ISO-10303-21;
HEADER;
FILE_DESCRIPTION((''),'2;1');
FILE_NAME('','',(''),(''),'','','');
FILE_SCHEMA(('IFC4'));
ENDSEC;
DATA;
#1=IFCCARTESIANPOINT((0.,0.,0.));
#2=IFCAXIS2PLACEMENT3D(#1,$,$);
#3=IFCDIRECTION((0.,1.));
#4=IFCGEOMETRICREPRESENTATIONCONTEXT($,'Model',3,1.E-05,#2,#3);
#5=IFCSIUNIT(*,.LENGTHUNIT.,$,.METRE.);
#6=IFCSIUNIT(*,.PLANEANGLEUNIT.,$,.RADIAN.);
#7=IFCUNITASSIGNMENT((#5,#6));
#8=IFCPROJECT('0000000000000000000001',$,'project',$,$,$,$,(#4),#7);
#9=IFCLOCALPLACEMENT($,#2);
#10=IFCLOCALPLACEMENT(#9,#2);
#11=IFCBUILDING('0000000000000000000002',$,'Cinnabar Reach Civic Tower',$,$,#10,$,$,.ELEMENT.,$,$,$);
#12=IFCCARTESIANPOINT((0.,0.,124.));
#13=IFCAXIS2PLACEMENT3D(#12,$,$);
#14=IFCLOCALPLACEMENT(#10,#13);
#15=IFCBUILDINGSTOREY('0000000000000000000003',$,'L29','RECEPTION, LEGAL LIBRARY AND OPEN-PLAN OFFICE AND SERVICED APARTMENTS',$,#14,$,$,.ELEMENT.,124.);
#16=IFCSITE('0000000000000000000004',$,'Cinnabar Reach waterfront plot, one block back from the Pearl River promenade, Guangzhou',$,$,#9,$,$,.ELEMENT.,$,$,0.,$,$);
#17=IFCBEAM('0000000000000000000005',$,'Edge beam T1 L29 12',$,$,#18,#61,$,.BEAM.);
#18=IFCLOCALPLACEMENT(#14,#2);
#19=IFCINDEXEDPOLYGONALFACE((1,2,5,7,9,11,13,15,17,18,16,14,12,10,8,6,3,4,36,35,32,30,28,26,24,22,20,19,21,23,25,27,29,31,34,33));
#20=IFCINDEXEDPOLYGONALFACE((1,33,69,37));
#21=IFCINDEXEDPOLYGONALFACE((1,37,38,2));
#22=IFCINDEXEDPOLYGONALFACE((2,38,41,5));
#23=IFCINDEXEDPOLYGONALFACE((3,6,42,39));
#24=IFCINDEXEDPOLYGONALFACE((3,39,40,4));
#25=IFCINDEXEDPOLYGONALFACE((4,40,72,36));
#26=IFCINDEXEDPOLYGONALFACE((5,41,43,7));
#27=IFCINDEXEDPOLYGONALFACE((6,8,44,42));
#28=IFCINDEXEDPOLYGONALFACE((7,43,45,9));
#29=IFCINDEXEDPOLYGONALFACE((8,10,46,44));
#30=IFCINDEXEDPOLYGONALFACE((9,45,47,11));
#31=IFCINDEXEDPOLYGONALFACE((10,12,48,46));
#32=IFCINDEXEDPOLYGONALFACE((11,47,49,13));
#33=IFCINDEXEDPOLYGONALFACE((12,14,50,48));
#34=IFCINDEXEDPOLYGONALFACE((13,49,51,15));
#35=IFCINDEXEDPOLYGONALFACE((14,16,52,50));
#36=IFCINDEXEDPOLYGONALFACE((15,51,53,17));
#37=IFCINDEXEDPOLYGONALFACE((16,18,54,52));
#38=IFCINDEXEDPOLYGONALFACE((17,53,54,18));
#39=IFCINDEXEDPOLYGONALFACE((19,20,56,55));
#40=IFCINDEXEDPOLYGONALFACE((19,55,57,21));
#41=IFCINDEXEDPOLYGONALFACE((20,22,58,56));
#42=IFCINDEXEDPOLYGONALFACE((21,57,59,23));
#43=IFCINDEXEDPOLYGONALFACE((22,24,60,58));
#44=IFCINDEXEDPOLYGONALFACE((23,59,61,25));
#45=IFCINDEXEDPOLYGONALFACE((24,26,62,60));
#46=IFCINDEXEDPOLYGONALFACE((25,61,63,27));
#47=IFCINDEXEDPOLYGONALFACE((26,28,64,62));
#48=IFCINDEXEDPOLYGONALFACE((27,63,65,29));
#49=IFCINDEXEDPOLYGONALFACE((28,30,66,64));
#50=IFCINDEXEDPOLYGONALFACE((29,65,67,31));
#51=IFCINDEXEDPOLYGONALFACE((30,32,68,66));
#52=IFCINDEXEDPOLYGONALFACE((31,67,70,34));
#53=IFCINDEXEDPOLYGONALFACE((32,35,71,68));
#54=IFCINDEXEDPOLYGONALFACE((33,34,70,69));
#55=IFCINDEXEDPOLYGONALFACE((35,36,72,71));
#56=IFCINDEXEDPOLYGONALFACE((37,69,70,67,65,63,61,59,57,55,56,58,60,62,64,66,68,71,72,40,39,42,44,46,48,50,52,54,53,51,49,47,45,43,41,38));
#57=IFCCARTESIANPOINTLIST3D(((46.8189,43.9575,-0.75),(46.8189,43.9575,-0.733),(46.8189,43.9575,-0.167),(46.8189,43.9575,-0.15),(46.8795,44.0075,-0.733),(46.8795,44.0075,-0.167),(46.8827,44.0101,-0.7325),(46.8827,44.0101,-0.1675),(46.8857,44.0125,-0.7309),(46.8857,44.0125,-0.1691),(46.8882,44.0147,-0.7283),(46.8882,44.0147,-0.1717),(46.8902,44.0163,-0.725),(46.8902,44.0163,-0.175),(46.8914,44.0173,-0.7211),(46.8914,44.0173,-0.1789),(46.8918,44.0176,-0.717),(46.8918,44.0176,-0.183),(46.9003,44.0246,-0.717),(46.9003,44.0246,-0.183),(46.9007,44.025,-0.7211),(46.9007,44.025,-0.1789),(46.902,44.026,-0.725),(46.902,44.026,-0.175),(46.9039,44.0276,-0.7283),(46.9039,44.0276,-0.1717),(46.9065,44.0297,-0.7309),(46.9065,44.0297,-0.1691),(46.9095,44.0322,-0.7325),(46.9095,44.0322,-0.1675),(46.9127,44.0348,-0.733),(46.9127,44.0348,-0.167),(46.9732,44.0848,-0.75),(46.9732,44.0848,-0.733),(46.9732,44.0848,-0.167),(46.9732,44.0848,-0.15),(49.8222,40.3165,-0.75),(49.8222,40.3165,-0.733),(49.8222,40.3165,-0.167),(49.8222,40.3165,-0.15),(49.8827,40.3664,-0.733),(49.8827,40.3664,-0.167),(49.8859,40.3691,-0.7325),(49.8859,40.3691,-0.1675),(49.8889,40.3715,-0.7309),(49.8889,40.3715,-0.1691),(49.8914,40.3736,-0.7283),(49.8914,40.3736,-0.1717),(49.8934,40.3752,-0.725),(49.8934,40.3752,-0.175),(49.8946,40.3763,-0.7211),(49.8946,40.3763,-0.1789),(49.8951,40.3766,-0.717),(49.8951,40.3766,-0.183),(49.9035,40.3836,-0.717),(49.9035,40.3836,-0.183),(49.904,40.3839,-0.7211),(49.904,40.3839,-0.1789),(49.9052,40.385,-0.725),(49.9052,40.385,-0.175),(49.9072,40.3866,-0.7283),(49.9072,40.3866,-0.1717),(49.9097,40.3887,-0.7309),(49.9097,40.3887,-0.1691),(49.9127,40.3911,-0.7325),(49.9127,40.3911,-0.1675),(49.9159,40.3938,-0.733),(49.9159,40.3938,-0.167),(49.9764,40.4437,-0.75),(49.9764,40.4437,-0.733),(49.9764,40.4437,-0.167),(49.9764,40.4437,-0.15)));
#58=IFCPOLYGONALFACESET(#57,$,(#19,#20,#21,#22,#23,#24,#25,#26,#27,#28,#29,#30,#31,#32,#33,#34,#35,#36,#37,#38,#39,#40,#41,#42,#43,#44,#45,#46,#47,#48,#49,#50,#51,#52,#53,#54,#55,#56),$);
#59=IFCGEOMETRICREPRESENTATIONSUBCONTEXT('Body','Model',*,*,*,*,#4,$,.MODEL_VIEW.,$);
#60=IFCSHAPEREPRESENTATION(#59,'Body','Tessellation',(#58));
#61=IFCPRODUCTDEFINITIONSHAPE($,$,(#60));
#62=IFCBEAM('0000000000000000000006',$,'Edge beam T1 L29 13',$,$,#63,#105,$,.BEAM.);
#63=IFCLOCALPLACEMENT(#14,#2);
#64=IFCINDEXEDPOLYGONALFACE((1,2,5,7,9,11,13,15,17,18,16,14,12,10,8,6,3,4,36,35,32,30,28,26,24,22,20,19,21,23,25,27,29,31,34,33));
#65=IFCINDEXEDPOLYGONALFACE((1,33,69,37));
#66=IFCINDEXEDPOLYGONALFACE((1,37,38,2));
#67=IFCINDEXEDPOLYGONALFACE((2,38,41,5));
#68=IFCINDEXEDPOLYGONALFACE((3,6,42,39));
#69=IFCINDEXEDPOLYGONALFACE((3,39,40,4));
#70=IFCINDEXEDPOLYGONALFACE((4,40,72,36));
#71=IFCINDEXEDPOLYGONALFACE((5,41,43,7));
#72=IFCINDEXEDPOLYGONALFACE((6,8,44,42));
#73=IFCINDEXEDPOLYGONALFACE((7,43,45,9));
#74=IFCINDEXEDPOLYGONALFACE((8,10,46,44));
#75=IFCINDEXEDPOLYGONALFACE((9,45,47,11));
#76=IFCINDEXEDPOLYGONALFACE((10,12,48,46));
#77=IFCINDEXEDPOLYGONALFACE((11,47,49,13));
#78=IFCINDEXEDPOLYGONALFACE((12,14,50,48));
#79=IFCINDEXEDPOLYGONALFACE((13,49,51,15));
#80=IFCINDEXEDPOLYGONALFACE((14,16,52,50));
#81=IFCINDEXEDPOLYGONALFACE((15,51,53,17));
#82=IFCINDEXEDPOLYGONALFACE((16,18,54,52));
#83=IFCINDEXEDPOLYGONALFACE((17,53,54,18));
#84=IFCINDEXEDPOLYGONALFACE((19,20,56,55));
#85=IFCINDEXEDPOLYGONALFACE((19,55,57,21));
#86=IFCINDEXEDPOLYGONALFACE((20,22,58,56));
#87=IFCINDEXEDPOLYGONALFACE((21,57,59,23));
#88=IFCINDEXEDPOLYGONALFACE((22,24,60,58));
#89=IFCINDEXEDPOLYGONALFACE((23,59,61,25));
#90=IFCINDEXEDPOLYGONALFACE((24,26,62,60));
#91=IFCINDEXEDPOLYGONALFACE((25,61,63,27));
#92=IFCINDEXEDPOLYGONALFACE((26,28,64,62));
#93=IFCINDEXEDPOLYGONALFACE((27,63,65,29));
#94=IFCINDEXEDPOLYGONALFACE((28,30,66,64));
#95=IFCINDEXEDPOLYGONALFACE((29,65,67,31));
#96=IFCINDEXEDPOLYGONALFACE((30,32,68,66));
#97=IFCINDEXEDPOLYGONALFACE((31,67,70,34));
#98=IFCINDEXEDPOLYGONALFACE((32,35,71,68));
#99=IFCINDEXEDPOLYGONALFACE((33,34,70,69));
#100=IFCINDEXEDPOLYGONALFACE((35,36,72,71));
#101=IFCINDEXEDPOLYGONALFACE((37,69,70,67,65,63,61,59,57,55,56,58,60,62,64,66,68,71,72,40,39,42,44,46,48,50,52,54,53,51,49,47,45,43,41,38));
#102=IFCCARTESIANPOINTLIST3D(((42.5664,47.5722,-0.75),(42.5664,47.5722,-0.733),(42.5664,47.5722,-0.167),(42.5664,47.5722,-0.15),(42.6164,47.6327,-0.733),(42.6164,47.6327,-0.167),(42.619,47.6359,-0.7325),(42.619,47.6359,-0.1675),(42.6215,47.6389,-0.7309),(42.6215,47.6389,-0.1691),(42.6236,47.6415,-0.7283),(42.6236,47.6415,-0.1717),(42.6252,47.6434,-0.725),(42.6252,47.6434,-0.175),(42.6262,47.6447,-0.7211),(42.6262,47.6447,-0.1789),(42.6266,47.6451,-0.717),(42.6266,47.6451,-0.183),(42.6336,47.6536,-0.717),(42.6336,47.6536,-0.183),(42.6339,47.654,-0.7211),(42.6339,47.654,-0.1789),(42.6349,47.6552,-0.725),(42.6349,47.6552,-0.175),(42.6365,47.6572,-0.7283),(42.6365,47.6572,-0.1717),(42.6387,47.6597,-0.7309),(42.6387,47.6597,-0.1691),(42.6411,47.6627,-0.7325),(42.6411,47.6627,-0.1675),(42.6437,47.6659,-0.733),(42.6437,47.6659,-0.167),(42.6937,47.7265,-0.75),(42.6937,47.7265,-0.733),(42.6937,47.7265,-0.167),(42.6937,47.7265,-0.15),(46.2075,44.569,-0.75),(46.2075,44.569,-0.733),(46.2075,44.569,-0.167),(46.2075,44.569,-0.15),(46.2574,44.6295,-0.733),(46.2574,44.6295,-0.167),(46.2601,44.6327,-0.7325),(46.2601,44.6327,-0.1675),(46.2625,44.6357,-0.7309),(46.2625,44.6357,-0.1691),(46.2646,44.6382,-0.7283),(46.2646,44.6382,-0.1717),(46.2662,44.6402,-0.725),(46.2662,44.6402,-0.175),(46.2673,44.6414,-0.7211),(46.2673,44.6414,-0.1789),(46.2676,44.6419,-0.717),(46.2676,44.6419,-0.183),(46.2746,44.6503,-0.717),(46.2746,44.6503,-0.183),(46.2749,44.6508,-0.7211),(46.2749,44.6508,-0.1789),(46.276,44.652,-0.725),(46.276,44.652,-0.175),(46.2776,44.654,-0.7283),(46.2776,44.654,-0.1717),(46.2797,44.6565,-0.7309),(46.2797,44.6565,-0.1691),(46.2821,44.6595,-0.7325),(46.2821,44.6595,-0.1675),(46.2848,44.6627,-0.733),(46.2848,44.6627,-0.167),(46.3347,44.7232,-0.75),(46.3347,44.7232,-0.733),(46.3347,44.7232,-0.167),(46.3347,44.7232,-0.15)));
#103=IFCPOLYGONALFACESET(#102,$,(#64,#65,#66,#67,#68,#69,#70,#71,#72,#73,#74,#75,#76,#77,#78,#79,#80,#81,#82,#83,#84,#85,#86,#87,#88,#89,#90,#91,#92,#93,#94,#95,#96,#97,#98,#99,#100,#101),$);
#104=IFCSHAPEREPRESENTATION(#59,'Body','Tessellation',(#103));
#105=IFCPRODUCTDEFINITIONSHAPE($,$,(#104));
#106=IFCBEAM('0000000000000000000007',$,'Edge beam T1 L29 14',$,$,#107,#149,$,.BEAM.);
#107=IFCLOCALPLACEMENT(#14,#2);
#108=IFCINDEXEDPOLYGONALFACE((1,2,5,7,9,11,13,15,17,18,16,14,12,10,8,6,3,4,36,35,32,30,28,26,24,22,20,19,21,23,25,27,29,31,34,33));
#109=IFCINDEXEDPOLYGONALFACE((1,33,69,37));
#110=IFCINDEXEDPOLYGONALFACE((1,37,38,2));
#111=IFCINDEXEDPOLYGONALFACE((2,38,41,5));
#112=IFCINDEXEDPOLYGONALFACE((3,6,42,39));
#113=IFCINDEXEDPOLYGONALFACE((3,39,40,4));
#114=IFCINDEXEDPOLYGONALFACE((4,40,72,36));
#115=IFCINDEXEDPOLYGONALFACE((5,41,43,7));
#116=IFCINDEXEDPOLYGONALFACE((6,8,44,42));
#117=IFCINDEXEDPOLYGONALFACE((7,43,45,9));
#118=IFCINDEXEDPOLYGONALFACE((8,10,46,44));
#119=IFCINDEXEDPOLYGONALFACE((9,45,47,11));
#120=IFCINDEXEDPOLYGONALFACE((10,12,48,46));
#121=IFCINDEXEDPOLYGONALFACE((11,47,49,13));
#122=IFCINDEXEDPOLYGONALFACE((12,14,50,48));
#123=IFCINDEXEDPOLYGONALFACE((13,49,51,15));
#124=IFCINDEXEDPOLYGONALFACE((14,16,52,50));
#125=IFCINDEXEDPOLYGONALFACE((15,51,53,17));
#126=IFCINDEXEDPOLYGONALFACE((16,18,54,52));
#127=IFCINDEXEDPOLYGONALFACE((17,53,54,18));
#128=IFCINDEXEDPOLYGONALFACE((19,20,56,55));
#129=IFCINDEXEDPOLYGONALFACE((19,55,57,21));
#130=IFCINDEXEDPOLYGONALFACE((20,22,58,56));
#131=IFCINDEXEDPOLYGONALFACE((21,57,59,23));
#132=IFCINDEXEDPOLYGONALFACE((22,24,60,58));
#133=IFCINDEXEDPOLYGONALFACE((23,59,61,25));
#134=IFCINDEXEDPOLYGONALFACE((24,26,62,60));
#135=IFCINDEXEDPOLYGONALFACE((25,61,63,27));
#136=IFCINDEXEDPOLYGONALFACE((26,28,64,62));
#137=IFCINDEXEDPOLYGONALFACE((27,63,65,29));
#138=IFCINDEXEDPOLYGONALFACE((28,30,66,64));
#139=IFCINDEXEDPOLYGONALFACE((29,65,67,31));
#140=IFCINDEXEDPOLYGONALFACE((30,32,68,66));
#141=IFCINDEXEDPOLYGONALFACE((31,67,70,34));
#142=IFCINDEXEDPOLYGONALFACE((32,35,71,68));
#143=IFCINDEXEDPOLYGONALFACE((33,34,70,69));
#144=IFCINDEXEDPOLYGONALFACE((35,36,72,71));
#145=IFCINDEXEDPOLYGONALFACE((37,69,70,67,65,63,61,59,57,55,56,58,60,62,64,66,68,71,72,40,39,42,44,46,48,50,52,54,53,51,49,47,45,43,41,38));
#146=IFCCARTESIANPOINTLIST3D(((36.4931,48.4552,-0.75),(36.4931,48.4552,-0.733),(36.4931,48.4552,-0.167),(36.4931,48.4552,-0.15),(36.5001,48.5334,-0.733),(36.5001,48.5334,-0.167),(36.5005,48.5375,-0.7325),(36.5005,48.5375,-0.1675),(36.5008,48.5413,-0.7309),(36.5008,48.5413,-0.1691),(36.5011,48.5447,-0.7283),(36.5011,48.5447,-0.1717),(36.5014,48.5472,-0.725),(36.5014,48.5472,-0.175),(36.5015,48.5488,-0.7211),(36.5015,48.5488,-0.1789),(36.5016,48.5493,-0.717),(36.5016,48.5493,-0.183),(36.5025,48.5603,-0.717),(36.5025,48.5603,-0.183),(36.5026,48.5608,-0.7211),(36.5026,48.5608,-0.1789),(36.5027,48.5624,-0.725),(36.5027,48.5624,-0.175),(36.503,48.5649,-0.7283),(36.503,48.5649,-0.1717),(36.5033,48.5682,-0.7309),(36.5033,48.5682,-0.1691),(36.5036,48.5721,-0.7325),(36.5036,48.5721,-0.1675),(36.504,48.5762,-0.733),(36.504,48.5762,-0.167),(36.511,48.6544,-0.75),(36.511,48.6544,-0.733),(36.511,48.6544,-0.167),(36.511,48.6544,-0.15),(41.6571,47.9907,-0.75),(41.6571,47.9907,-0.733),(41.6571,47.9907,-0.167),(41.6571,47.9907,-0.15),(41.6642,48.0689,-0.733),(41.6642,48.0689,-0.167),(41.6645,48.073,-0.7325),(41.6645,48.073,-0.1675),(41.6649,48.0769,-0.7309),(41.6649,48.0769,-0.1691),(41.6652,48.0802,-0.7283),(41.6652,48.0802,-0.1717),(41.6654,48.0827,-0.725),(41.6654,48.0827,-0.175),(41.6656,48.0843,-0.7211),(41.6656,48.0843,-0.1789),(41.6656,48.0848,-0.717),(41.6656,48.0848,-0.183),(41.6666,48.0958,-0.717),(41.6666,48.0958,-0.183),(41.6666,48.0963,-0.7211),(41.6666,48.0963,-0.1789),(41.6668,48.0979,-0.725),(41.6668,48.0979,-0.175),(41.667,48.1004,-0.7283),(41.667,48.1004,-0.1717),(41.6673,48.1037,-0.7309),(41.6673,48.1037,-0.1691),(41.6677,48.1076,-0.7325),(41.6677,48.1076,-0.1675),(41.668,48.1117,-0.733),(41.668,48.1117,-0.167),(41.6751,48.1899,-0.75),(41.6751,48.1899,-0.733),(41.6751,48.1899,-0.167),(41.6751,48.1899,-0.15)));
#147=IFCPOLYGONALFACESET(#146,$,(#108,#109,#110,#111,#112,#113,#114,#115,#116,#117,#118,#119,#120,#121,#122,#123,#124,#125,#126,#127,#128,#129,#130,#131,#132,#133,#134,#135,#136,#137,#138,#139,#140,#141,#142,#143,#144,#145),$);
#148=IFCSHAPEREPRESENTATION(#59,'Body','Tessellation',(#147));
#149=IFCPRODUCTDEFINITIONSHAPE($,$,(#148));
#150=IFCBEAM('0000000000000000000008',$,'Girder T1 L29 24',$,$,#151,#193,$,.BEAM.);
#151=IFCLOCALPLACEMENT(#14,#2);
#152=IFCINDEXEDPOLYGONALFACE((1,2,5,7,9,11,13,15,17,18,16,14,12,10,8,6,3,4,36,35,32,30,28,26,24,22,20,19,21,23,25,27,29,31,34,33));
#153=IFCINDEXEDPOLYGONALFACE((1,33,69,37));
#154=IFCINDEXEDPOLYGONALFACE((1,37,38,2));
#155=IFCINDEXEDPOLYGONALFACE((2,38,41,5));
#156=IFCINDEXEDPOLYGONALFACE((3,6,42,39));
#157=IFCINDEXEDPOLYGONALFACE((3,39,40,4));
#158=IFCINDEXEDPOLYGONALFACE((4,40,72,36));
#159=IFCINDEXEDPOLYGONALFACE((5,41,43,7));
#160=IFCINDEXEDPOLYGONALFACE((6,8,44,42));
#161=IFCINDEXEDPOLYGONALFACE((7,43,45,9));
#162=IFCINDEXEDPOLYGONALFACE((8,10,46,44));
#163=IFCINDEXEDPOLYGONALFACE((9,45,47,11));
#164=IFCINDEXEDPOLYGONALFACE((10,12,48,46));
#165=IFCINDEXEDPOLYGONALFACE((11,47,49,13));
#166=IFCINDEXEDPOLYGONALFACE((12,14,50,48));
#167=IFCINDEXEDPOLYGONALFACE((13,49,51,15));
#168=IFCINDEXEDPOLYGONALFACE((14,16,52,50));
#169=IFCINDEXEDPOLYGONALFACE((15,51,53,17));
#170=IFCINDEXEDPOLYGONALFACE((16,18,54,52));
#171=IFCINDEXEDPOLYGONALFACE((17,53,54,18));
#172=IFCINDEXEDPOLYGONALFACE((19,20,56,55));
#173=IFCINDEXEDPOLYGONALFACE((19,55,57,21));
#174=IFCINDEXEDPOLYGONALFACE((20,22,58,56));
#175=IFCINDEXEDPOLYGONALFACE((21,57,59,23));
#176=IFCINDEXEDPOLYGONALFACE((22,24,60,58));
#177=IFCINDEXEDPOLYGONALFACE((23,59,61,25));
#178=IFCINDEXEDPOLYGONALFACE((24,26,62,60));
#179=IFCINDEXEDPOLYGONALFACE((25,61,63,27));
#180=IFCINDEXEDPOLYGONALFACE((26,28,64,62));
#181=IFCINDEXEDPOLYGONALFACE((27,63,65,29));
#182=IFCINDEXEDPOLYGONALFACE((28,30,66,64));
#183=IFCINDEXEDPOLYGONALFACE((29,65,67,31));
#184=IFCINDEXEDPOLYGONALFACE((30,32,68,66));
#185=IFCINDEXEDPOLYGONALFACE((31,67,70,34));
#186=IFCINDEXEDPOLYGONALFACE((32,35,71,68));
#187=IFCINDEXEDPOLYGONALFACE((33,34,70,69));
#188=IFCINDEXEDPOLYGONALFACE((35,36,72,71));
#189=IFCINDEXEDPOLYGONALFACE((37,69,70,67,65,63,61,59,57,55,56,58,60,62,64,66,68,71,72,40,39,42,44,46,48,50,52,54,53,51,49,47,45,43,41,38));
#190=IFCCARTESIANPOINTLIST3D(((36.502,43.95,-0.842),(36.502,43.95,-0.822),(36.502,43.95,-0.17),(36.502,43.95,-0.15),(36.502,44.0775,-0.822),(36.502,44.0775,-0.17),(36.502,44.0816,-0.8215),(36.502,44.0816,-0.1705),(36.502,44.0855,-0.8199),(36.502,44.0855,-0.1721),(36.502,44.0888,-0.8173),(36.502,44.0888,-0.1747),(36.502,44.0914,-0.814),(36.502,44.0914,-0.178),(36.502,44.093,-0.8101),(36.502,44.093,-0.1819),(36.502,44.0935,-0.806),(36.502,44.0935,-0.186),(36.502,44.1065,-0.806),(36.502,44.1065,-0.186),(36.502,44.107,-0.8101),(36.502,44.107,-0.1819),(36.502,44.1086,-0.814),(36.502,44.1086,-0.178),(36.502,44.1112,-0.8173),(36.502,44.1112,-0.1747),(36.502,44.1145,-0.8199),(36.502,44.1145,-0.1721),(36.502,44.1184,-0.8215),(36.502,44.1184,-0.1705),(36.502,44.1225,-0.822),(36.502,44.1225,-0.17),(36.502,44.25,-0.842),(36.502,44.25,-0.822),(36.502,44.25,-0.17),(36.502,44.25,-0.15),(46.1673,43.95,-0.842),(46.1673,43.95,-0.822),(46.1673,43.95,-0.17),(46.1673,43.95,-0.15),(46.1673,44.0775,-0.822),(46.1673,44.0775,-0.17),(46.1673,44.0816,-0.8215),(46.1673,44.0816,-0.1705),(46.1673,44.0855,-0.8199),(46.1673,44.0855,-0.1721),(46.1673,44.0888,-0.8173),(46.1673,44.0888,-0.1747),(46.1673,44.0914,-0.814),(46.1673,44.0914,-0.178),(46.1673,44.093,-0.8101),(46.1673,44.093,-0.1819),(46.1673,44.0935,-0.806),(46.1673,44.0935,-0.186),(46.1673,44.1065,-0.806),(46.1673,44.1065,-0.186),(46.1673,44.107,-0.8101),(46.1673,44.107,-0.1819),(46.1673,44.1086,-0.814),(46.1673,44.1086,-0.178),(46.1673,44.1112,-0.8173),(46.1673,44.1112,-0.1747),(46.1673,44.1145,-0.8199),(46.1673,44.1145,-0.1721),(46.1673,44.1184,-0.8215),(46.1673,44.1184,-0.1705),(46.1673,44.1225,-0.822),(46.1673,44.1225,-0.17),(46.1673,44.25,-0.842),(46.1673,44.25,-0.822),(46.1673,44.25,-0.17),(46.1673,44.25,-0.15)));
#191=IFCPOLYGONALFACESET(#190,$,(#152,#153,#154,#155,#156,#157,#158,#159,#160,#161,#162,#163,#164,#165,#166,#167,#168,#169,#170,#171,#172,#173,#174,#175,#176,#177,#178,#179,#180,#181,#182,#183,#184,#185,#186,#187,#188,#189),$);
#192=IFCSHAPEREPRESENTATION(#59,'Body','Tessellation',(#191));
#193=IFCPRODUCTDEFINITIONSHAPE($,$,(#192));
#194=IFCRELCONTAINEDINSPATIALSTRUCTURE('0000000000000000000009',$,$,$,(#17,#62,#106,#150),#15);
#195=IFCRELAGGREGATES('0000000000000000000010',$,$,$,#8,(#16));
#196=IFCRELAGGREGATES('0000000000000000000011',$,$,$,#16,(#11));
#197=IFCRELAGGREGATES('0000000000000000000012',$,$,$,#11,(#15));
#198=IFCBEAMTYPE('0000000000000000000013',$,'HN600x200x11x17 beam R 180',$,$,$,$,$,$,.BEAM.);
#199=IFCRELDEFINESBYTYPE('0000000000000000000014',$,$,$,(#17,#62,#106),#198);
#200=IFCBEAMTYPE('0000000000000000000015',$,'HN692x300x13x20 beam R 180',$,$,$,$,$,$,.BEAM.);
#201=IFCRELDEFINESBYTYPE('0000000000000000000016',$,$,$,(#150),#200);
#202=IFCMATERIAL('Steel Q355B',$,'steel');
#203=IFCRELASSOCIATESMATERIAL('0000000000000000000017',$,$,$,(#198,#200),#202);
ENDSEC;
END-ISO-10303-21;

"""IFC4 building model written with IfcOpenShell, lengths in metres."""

from ifc_helpers import new_model, si_unit, direction, frame, origin, origin_2d, place, context, subcontext, project, spatial, i_section, extrude, material, material_profile, profile_set, type_object, element, save


model = new_model("IFC4")

# Units and contexts
model_context = context("Model", 3, precision=1e-05, world=origin(), true_north=direction((0.0, 1.0)))
body_context = subcontext(model_context, "Body", "Model", "MODEL_VIEW")
ifc_project = project(units=[si_unit("LENGTHUNIT", "METRE"), si_unit("PLANEANGLEUNIT", "RADIAN")], contexts=[model_context])

# Site, building, storey
site_placement = place(None, origin())
site = spatial("IfcSite", under=ifc_project, at=site_placement, Name="Cinnabar Reach waterfront plot, one block back from the Pearl River promenade, Guangzhou", CompositionType="ELEMENT", RefElevation=0.0)
building_placement = place(site_placement, origin())
building = spatial("IfcBuilding", under=site, at=building_placement, Name="Cinnabar Reach Civic Tower", CompositionType="ELEMENT")
storey_placement = place(building_placement, frame((0.0, 0.0, 124.0)))
storey = spatial("IfcBuildingStorey", under=building, at=storey_placement, Name="L29", Description="RECEPTION, LEGAL LIBRARY AND OPEN-PLAN OFFICE AND SERVICED APARTMENTS", CompositionType="ELEMENT", Elevation=124.0)

# Beams
ifc_material_1 = material(Name="Steel Q355B", Category="steel")
ifc_material_profile_1 = material_profile(ifc_material_1, i_section(OverallWidth=0.2, OverallDepth=0.6, WebThickness=0.011, FlangeThickness=0.017, FilletRadius=0.016, at=origin_2d()), Name="HN600x200x11x17")
ifc_profile_set_1 = profile_set([ifc_material_profile_1], Name="Steel Q355B")
beam_type_1 = type_object("IfcBeamType", Name="HN600x200x11x17 beam R 180", PredefinedType="BEAM", material=ifc_profile_set_1)
for number, where, z_axis, x_axis, name in (
    (1, (49.8993, 40.3801, -0.45), (-0.636304, 0.771438, 0.0), (-0.771438, -0.636304, 0.0), "Edge beam T1 L29 12"),
    (2, (46.2711, 44.6461, -0.45), (-0.771438, 0.636304, 0.0), (-0.636304, -0.771438, 0.0), "Edge beam T1 L29 13"),
):
    element("IfcBeam", number, at=place(storey_placement, frame(where, z_axis=z_axis, x_axis=x_axis)), inside=storey, type_object=beam_type_1, Name=name, PredefinedType="BEAM", context=body_context, shape_type="SweptSolid", body=[
        extrude(i_section(OverallWidth=0.2, OverallDepth=0.6, WebThickness=0.011, FlangeThickness=0.017, FilletRadius=0.016, at=origin_2d()), origin(), (0.0, 0.0, 1.0), 4.7198),
    ])
beam_1_placement = place(storey_placement, frame((41.6661, 48.0903, -0.45), z_axis=(-0.995979, 0.089586, 0.0), x_axis=(-0.089586, -0.995979, 0.0)))
element("IfcBeam", 3, at=beam_1_placement, inside=storey, type_object=beam_type_1, Name="Edge beam T1 L29 14", PredefinedType="BEAM", context=body_context, shape_type="SweptSolid", body=[
    extrude(i_section(OverallWidth=0.2, OverallDepth=0.6, WebThickness=0.011, FlangeThickness=0.017, FilletRadius=0.016, at=origin_2d()), origin(), (0.0, 0.0, 1.0), 5.1849),
])
ifc_material_profile_2 = material_profile(ifc_material_1, i_section(OverallWidth=0.3, OverallDepth=0.692, WebThickness=0.013, FlangeThickness=0.02, FilletRadius=0.016, at=origin_2d()), Name="HN692x300x13x20")
ifc_profile_set_2 = profile_set([ifc_material_profile_2], Name="Steel Q355B")
beam_type_2 = type_object("IfcBeamType", Name="HN692x300x13x20 beam R 180", PredefinedType="BEAM", material=ifc_profile_set_2)
beam_2_placement = place(storey_placement, frame((36.502, 44.1, -0.496), z_axis=(1.0, 0.0, 0.0), x_axis=(0.0, 1.0, 0.0)))
element("IfcBeam", 4, at=beam_2_placement, inside=storey, type_object=beam_type_2, Name="Girder T1 L29 24", PredefinedType="BEAM", context=body_context, shape_type="SweptSolid", body=[
    extrude(i_section(OverallWidth=0.3, OverallDepth=0.692, WebThickness=0.013, FlangeThickness=0.02, FilletRadius=0.016, at=origin_2d()), origin(), (0.0, 0.0, 1.0), 9.6653),
])

save(model, "model.ifc")
